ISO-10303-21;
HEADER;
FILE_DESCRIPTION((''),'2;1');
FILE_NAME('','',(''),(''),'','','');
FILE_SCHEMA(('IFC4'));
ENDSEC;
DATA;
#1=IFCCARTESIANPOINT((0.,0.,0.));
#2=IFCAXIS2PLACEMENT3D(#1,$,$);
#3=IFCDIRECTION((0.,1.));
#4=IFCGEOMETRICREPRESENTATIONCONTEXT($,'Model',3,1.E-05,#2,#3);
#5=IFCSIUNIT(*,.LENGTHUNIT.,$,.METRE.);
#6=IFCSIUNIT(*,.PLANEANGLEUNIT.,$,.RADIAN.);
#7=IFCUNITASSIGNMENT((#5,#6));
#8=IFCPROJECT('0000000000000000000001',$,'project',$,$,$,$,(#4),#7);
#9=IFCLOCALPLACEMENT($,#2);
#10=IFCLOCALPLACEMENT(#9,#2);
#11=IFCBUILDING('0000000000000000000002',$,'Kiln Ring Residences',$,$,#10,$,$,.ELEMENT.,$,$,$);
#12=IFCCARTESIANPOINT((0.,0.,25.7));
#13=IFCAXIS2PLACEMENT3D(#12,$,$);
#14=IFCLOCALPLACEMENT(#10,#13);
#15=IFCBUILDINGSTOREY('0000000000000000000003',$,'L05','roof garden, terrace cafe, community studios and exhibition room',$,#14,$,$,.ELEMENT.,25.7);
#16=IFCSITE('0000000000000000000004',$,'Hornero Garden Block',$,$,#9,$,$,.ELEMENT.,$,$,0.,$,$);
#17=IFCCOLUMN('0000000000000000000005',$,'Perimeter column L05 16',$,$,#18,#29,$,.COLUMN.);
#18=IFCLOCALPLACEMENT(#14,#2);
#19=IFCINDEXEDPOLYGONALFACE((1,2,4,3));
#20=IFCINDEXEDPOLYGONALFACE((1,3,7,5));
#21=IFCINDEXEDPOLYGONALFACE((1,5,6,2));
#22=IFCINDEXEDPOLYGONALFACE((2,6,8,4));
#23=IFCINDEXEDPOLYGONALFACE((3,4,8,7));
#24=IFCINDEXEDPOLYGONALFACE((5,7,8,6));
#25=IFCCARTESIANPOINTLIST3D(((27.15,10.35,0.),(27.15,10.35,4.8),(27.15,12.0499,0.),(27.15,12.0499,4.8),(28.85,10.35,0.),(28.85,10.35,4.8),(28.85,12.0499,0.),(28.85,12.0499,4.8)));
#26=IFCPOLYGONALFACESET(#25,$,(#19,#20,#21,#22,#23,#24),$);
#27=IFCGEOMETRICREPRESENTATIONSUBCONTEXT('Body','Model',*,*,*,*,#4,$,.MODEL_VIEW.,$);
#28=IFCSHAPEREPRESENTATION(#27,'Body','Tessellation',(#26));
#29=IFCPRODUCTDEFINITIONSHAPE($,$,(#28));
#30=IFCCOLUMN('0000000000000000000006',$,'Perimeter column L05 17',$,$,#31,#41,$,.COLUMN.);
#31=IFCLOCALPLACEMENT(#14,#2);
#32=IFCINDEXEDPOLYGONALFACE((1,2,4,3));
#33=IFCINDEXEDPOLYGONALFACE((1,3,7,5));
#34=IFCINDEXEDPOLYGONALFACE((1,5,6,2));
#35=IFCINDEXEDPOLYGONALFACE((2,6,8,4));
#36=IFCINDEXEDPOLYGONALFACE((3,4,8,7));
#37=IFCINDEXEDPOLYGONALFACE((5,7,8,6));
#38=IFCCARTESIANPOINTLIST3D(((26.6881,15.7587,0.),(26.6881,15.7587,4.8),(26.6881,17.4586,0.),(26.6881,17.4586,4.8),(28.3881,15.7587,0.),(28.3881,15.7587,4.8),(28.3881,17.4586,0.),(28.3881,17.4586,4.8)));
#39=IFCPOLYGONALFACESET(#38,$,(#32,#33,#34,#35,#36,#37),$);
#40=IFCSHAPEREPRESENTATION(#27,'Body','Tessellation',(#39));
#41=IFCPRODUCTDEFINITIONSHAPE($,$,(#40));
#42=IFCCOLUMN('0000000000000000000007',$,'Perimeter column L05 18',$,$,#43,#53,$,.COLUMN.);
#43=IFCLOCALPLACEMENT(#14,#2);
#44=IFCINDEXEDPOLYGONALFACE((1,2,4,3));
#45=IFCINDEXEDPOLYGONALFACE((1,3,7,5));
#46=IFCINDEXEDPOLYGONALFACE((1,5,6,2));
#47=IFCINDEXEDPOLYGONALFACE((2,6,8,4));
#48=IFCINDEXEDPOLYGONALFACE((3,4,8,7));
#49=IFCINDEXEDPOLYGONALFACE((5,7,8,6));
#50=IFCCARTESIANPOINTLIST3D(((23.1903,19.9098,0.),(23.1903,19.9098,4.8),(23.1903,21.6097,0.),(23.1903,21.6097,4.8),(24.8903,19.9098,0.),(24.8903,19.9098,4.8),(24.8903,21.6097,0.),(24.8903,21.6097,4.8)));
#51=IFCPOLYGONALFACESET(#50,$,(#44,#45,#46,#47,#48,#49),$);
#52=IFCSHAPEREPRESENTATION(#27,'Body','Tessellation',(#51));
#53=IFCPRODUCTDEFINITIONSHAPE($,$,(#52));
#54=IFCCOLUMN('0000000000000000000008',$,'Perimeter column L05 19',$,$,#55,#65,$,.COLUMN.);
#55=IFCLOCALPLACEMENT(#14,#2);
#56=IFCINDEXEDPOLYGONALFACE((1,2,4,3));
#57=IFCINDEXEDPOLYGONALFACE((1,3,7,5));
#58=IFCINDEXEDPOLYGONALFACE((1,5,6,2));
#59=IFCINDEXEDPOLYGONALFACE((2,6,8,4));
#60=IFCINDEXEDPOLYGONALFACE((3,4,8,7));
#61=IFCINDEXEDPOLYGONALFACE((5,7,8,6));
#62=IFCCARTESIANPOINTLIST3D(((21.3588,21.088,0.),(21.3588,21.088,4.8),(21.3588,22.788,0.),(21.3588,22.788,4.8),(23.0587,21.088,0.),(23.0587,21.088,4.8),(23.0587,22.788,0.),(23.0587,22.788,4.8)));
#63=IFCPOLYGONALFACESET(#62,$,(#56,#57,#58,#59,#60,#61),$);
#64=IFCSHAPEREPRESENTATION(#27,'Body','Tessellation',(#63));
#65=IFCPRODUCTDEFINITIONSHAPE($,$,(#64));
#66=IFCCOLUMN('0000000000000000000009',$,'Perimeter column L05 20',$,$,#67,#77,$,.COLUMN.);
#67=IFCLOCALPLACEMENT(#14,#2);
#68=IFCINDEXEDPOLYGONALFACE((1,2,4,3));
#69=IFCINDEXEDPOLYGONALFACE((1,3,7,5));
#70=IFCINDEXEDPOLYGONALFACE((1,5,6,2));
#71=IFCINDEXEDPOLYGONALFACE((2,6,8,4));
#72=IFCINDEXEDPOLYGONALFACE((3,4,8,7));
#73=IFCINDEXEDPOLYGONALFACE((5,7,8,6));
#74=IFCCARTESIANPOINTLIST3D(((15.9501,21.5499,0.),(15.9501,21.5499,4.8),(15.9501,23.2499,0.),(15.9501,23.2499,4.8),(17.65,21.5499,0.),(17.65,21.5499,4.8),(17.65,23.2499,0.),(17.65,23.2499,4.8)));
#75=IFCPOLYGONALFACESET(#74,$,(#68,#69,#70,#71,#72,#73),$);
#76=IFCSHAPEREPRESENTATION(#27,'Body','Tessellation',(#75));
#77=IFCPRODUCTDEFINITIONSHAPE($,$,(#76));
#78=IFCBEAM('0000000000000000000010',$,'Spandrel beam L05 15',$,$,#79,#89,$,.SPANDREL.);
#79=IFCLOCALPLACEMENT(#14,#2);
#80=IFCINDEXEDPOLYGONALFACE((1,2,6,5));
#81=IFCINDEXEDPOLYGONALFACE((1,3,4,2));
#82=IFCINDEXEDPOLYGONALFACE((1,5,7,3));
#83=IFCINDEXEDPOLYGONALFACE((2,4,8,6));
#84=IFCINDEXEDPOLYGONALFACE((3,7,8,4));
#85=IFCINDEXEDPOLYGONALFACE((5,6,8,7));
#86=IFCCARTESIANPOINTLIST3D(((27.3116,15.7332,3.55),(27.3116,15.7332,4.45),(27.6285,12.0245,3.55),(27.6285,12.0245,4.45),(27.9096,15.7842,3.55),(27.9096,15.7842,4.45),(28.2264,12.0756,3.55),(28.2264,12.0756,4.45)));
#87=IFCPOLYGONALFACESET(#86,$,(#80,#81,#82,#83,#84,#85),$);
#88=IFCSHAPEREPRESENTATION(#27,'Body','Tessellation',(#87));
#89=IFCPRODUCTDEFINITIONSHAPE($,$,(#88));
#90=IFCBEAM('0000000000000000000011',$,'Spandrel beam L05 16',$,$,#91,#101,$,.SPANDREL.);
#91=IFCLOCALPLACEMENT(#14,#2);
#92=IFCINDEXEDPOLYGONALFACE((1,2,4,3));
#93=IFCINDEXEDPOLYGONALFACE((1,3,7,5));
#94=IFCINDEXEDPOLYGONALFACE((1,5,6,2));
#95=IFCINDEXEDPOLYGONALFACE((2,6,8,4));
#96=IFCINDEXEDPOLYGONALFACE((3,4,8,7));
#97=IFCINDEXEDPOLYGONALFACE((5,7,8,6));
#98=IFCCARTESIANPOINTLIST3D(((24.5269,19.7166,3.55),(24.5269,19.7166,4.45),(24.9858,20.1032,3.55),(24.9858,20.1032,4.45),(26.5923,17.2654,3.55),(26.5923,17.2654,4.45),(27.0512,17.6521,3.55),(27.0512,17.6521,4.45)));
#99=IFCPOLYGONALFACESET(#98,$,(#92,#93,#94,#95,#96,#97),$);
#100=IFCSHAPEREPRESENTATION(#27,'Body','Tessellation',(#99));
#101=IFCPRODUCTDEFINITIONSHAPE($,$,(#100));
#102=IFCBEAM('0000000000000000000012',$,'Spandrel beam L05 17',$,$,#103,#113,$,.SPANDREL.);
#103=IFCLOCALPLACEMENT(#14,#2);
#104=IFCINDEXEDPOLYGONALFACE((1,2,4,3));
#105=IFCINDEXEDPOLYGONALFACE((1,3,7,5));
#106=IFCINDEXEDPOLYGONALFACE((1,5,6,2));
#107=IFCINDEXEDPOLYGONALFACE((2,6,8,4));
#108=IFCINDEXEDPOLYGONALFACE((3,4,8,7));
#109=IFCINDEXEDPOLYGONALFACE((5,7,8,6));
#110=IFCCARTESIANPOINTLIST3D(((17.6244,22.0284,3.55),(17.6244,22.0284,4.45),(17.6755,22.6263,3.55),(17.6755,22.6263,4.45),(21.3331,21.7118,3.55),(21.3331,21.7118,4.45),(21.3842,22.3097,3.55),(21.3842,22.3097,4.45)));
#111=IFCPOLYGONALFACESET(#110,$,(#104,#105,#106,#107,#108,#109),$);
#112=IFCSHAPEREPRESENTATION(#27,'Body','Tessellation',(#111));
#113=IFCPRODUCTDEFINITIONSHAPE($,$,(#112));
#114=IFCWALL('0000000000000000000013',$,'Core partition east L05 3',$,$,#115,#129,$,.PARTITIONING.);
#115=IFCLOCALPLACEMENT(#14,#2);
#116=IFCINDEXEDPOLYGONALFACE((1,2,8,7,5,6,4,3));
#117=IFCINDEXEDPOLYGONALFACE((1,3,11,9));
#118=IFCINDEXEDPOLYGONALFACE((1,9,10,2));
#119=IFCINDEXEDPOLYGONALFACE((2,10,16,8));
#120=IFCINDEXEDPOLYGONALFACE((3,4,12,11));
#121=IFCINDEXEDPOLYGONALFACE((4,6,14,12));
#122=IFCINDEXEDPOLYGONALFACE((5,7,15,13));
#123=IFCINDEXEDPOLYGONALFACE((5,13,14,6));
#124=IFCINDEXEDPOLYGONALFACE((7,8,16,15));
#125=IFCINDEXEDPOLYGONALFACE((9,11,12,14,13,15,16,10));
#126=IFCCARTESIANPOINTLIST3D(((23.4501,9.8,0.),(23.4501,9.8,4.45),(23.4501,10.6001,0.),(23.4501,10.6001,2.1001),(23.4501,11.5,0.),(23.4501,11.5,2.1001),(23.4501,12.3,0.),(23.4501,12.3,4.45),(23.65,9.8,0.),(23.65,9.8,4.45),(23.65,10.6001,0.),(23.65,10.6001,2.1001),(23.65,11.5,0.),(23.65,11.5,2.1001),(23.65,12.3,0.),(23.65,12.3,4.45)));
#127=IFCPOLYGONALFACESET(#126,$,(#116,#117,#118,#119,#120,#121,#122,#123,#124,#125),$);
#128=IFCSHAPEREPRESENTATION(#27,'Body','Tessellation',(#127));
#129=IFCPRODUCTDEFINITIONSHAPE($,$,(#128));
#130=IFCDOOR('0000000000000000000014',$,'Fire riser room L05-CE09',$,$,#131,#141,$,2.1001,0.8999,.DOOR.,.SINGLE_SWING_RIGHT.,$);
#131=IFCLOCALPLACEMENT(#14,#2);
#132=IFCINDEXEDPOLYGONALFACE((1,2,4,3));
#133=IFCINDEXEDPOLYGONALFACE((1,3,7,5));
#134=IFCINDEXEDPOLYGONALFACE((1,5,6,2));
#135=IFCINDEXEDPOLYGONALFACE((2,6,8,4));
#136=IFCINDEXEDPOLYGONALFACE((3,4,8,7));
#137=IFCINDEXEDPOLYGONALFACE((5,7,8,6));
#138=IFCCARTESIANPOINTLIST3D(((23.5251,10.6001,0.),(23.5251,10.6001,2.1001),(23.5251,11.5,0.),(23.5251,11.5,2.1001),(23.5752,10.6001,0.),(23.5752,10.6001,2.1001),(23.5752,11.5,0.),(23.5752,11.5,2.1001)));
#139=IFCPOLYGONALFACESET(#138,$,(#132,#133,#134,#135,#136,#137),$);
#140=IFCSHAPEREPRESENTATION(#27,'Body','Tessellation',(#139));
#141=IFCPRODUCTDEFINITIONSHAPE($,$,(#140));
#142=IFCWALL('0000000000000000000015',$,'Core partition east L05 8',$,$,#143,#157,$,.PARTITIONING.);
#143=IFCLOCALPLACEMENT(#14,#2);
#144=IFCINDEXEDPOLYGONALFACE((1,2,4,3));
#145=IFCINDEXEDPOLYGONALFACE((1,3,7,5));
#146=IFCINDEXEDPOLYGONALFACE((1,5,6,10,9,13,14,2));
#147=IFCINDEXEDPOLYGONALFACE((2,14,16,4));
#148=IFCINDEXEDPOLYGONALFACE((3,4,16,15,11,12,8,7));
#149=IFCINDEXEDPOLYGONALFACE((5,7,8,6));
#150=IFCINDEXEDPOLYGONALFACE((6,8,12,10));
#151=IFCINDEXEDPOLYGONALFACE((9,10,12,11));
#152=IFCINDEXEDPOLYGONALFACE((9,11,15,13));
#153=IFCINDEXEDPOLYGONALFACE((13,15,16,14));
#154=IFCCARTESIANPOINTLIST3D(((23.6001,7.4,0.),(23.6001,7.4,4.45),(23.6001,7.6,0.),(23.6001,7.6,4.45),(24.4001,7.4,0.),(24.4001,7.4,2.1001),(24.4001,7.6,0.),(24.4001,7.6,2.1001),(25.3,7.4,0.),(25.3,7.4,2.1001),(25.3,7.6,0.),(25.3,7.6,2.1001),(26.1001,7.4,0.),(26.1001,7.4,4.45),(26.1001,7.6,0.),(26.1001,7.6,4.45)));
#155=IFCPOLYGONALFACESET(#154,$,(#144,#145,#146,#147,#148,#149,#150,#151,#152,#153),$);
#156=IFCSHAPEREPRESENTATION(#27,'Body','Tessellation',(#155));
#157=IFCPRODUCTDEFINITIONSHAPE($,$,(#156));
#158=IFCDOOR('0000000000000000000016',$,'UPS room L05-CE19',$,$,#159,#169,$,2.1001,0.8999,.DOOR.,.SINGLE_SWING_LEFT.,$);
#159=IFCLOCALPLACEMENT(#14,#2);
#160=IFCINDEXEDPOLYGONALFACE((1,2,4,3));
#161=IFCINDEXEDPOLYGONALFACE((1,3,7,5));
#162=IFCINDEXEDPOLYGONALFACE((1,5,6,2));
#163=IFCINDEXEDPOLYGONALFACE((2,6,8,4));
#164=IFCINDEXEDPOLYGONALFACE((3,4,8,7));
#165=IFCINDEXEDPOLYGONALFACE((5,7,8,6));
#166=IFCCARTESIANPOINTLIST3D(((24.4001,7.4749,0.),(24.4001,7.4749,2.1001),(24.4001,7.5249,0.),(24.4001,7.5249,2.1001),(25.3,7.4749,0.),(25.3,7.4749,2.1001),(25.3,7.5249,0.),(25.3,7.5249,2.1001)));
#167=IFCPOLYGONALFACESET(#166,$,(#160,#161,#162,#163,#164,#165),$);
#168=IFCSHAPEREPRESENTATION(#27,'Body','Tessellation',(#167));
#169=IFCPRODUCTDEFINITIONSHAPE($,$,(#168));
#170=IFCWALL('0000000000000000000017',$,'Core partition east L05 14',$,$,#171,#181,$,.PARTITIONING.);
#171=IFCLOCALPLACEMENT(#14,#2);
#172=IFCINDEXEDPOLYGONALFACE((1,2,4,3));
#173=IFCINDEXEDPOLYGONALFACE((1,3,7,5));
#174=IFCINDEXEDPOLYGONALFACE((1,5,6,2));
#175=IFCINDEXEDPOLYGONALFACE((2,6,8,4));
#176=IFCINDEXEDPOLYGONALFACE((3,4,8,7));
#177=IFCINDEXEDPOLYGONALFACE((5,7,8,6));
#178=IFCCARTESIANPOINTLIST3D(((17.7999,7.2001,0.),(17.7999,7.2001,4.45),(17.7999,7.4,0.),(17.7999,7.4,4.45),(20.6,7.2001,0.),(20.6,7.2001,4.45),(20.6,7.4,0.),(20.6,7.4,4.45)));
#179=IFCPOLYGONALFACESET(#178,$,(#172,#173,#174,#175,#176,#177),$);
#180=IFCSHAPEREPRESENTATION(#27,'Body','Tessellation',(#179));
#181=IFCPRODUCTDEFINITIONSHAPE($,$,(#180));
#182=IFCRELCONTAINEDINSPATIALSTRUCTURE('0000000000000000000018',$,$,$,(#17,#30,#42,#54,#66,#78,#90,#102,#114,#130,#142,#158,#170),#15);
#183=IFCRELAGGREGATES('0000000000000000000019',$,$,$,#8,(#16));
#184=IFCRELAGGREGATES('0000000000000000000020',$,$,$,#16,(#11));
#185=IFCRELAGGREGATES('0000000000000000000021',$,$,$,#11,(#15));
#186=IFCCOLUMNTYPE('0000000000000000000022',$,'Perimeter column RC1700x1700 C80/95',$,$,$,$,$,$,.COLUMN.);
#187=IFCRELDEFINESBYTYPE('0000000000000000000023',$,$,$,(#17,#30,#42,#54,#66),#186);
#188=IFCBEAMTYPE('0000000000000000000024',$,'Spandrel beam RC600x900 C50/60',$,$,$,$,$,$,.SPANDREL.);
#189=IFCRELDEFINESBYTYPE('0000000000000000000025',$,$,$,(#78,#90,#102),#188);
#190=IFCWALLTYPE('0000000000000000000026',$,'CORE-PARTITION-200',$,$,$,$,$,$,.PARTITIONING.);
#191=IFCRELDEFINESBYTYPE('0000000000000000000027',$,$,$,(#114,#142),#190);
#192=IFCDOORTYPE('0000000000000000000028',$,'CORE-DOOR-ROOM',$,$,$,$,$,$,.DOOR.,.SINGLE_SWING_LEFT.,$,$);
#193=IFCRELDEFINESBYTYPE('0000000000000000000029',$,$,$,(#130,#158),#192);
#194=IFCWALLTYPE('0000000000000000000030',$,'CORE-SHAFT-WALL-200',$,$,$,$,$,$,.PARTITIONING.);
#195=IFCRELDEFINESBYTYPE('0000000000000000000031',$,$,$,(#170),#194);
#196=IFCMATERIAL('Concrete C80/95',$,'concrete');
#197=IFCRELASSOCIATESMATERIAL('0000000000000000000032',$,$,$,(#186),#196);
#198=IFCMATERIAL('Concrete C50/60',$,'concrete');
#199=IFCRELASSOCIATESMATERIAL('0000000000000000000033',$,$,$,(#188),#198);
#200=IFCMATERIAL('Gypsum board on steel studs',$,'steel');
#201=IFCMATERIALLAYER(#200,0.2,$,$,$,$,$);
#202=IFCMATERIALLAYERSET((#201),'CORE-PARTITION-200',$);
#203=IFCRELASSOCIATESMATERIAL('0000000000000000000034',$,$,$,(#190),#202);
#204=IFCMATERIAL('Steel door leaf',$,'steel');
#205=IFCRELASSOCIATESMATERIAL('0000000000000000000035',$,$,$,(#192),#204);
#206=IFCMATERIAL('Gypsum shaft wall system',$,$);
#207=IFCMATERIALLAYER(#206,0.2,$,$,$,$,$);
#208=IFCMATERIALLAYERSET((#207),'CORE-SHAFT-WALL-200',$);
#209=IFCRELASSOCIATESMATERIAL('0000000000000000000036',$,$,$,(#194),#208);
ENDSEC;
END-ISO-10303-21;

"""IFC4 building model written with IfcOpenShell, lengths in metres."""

from ifc_helpers import new_model, si_unit, direction, frame, frame_2d, origin, origin_2d, place, context, subcontext, project, spatial, rectangle, extrude, material, layer, layer_set, material_profile, profile_set, type_object, element, fill, save


model = new_model("IFC4")

# Units and contexts
model_context = context("Model", 3, precision=1e-05, world=origin(), true_north=direction((0.0, 1.0)))
body_context = subcontext(model_context, "Body", "Model", "MODEL_VIEW")
ifc_project = project(units=[si_unit("LENGTHUNIT", "METRE"), si_unit("PLANEANGLEUNIT", "RADIAN")], contexts=[model_context])

# Site, building, storey
site_placement = place(None, origin())
site = spatial("IfcSite", under=ifc_project, at=site_placement, Name="Hornero Garden Block", CompositionType="ELEMENT", RefElevation=0.0)
building_placement = place(site_placement, origin())
building = spatial("IfcBuilding", under=site, at=building_placement, Name="Kiln Ring Residences", CompositionType="ELEMENT")
storey_placement = place(building_placement, frame((0.0, 0.0, 25.7)))
storey = spatial("IfcBuildingStorey", under=building, at=storey_placement, Name="L05", Description="roof garden, terrace cafe, community studios and exhibition room", CompositionType="ELEMENT", Elevation=25.7)

# Columns
ifc_material_1 = material(Name="Concrete C80/95", Category="concrete")
ifc_material_profile_1 = material_profile(ifc_material_1, rectangle(XDim=1.7, YDim=1.7, at=origin_2d()), Name="RC1700x1700")
ifc_profile_set_1 = profile_set([ifc_material_profile_1], Name="Concrete C80/95")
column_type = type_object("IfcColumnType", Name="Perimeter column RC1700x1700 C80/95", PredefinedType="COLUMN", material=ifc_profile_set_1)
for number, where, z_axis, x_axis, name in (
    (1, (28.0, 11.2, 0.0), (0.0, 0.0, 1.0), (1.0, 0.0, 0.0), "Perimeter column L05 16"),
    (2, (27.5381, 16.6086, 0.0), (0.0, 0.0, 1.0), (1.0, 0.0, 0.0), "Perimeter column L05 17"),
    (3, (24.0403, 20.7598, 0.0), (0.0, 0.0, 1.0), (1.0, 0.0, 0.0), "Perimeter column L05 18"),
    (4, (22.2087, 21.938, 0.0), (0.0, 0.0, 1.0), (1.0, 0.0, 0.0), "Perimeter column L05 19"),
    (5, (16.8, 22.3999, 0.0), (0.0, 0.0, 1.0), (1.0, 0.0, 0.0), "Perimeter column L05 20"),
):
    element("IfcColumn", number, at=place(storey_placement, frame(where, z_axis=z_axis, x_axis=x_axis)), inside=storey, type_object=column_type, Name=name, PredefinedType="COLUMN", context=body_context, shape_type="SweptSolid", body=[
        extrude(rectangle(XDim=1.7, YDim=1.7, at=origin_2d()), origin(), (0.0, 0.0, 1.0), 4.8),
    ])

# Beams
ifc_material_2 = material(Name="Concrete C50/60", Category="concrete")
ifc_material_profile_2 = material_profile(ifc_material_2, rectangle(XDim=0.6001, YDim=0.8999, at=origin_2d()), Name="RC600x900")
ifc_profile_set_2 = profile_set([ifc_material_profile_2], Name="Concrete C50/60")
beam_type = type_object("IfcBeamType", Name="Spandrel beam RC600x900 C50/60", PredefinedType="SPANDREL", material=ifc_profile_set_2)
beam_1_placement = place(storey_placement, frame((27.9275, 12.05, 4.0), z_axis=(-0.085135, 0.996369, 0.0), x_axis=(-0.996369, -0.085135, 0.0)))
element("IfcBeam", 6, at=beam_1_placement, inside=storey, type_object=beam_type, Name="Spandrel beam L05 15", PredefinedType="SPANDREL", context=body_context, shape_type="SweptSolid", body=[
    extrude(rectangle(XDim=0.6001, YDim=0.8999, at=origin_2d()), origin(), (0.0, 0.0, 1.0), 3.7222),
])
beam_2_placement = place(storey_placement, frame((26.8218, 17.4587, 4.0), z_axis=(-0.64437, 0.764714, 0.0), x_axis=(-0.764714, -0.64437, 0.0)))
element("IfcBeam", 7, at=beam_2_placement, inside=storey, type_object=beam_type, Name="Spandrel beam L05 16", PredefinedType="SPANDREL", context=body_context, shape_type="SweptSolid", body=[
    extrude(rectangle(XDim=0.6001, YDim=0.8999, at=origin_2d()), origin(), (0.0, 0.0, 1.0), 3.2053),
])
beam_3_placement = place(storey_placement, frame((21.3586, 22.0107, 4.0), z_axis=(-0.996375, 0.08507, 0.0), x_axis=(-0.08507, -0.996375, 0.0)))
element("IfcBeam", 8, at=beam_3_placement, inside=storey, type_object=beam_type, Name="Spandrel beam L05 17", PredefinedType="SPANDREL", context=body_context, shape_type="SweptSolid", body=[
    extrude(rectangle(XDim=0.6001, YDim=0.8999, at=origin_2d()), origin(), (0.0, 0.0, 1.0), 3.7222),
])

# Walls, openings, doors
ifc_material_3 = material(Name="Gypsum board on steel studs", Category="steel")
ifc_layer_1 = layer(ifc_material_3, 0.2)
ifc_layer_set_1 = layer_set([ifc_layer_1], Name="CORE-PARTITION-200")
wall_type_1 = type_object("IfcWallType", Name="CORE-PARTITION-200", PredefinedType="PARTITIONING", material=ifc_layer_set_1)
wall_1_placement = place(storey_placement, frame((23.55, 9.8, 0.0), z_axis=(0.0, 0.0, 1.0), x_axis=(0.0, 1.0, 0.0)))
wall_1 = element("IfcWall", 9, at=wall_1_placement, inside=storey, type_object=wall_type_1, Name="Core partition east L05 3", PredefinedType="PARTITIONING", context=body_context, shape_type="SweptSolid", body=[
    extrude(rectangle(XDim=2.5, YDim=0.2, at=frame_2d((1.25, 0.0))), origin(), (0.0, 0.0, 1.0), 4.45),
])
opening_1_placement = place(wall_1_placement, frame((0.8, 0.0, 0.0)))
opening_1 = element("IfcOpeningElement", 10, at=opening_1_placement, cuts=wall_1, PredefinedType="OPENING", context=body_context, shape_type="SweptSolid", body=[
    extrude(rectangle(XDim=0.8999, YDim=2.1001, at=frame_2d((0.45, 1.05))), frame((0.0, 0.1099, 0.0), z_axis=(0.0, -1.0, 0.0), x_axis=(1.0, 0.0, 0.0)), (0.0, 0.0, 1.0), 0.22),
])
ifc_material_4 = material(Name="Steel door leaf", Category="steel")
door_type_1 = type_object("IfcDoorType", Name="CORE-DOOR-ROOM", OperationType="SINGLE_SWING_LEFT", PredefinedType="DOOR", material=ifc_material_4)
door_1_placement = place(opening_1_placement, origin())
door_1 = element("IfcDoor", 11, at=door_1_placement, inside=storey, type_object=door_type_1, Name="Fire riser room L05-CE09", OperationType="SINGLE_SWING_RIGHT", OverallHeight=2.1001, OverallWidth=0.8999, PredefinedType="DOOR", context=body_context, shape_type="SweptSolid", body=[
    extrude(rectangle(XDim=0.8999, YDim=2.1001, at=frame_2d((0.45, 1.05))), frame((0.0, 0.0249, 0.0), z_axis=(0.0, -1.0, 0.0), x_axis=(1.0, 0.0, 0.0)), (0.0, 0.0, 1.0), 0.05),
])
fill(opening_1, door_1)
wall_2_placement = place(storey_placement, frame((23.6001, 7.5, 0.0), z_axis=(0.0, 0.0, 1.0), x_axis=(1.0, 0.0, 0.0)))
wall_2 = element("IfcWall", 12, at=wall_2_placement, inside=storey, type_object=wall_type_1, Name="Core partition east L05 8", PredefinedType="PARTITIONING", context=body_context, shape_type="SweptSolid", body=[
    extrude(rectangle(XDim=2.5, YDim=0.2, at=frame_2d((1.25, 0.0))), origin(), (0.0, 0.0, 1.0), 4.45),
])
opening_2_placement = place(wall_2_placement, frame((0.8, 0.0, 0.0)))
opening_2 = element("IfcOpeningElement", 13, at=opening_2_placement, cuts=wall_2, PredefinedType="OPENING", context=body_context, shape_type="SweptSolid", body=[
    extrude(rectangle(XDim=0.8999, YDim=2.1001, at=frame_2d((0.45, 1.05))), frame((0.0, 0.1099, 0.0), z_axis=(0.0, -1.0, 0.0), x_axis=(1.0, 0.0, 0.0)), (0.0, 0.0, 1.0), 0.22),
])
door_2_placement = place(opening_2_placement, origin())
door_2 = element("IfcDoor", 14, at=door_2_placement, inside=storey, type_object=door_type_1, Name="UPS room L05-CE19", OperationType="SINGLE_SWING_LEFT", OverallHeight=2.1001, OverallWidth=0.8999, PredefinedType="DOOR", context=body_context, shape_type="SweptSolid", body=[
    extrude(rectangle(XDim=0.8999, YDim=2.1001, at=frame_2d((0.45, 1.05))), frame((0.0, 0.0249, 0.0), z_axis=(0.0, -1.0, 0.0), x_axis=(1.0, 0.0, 0.0)), (0.0, 0.0, 1.0), 0.05),
])
fill(opening_2, door_2)

# Wall
ifc_material_5 = material(Name="Gypsum shaft wall system")
ifc_layer_2 = layer(ifc_material_5, 0.2)
ifc_layer_set_2 = layer_set([ifc_layer_2], Name="CORE-SHAFT-WALL-200")
wall_type_2 = type_object("IfcWallType", Name="CORE-SHAFT-WALL-200", PredefinedType="PARTITIONING", material=ifc_layer_set_2)
wall_3_placement = place(storey_placement, frame((17.8, 7.3, 0.0), z_axis=(0.0, 0.0, 1.0), x_axis=(1.0, 0.0, 0.0)))
element("IfcWall", 15, at=wall_3_placement, inside=storey, type_object=wall_type_2, Name="Core partition east L05 14", PredefinedType="PARTITIONING", context=body_context, shape_type="SweptSolid", body=[
    extrude(rectangle(XDim=2.8, YDim=0.2, at=frame_2d((1.3999, 0.0))), origin(), (0.0, 0.0, 1.0), 4.45),
])

save(model, "model.ifc")
